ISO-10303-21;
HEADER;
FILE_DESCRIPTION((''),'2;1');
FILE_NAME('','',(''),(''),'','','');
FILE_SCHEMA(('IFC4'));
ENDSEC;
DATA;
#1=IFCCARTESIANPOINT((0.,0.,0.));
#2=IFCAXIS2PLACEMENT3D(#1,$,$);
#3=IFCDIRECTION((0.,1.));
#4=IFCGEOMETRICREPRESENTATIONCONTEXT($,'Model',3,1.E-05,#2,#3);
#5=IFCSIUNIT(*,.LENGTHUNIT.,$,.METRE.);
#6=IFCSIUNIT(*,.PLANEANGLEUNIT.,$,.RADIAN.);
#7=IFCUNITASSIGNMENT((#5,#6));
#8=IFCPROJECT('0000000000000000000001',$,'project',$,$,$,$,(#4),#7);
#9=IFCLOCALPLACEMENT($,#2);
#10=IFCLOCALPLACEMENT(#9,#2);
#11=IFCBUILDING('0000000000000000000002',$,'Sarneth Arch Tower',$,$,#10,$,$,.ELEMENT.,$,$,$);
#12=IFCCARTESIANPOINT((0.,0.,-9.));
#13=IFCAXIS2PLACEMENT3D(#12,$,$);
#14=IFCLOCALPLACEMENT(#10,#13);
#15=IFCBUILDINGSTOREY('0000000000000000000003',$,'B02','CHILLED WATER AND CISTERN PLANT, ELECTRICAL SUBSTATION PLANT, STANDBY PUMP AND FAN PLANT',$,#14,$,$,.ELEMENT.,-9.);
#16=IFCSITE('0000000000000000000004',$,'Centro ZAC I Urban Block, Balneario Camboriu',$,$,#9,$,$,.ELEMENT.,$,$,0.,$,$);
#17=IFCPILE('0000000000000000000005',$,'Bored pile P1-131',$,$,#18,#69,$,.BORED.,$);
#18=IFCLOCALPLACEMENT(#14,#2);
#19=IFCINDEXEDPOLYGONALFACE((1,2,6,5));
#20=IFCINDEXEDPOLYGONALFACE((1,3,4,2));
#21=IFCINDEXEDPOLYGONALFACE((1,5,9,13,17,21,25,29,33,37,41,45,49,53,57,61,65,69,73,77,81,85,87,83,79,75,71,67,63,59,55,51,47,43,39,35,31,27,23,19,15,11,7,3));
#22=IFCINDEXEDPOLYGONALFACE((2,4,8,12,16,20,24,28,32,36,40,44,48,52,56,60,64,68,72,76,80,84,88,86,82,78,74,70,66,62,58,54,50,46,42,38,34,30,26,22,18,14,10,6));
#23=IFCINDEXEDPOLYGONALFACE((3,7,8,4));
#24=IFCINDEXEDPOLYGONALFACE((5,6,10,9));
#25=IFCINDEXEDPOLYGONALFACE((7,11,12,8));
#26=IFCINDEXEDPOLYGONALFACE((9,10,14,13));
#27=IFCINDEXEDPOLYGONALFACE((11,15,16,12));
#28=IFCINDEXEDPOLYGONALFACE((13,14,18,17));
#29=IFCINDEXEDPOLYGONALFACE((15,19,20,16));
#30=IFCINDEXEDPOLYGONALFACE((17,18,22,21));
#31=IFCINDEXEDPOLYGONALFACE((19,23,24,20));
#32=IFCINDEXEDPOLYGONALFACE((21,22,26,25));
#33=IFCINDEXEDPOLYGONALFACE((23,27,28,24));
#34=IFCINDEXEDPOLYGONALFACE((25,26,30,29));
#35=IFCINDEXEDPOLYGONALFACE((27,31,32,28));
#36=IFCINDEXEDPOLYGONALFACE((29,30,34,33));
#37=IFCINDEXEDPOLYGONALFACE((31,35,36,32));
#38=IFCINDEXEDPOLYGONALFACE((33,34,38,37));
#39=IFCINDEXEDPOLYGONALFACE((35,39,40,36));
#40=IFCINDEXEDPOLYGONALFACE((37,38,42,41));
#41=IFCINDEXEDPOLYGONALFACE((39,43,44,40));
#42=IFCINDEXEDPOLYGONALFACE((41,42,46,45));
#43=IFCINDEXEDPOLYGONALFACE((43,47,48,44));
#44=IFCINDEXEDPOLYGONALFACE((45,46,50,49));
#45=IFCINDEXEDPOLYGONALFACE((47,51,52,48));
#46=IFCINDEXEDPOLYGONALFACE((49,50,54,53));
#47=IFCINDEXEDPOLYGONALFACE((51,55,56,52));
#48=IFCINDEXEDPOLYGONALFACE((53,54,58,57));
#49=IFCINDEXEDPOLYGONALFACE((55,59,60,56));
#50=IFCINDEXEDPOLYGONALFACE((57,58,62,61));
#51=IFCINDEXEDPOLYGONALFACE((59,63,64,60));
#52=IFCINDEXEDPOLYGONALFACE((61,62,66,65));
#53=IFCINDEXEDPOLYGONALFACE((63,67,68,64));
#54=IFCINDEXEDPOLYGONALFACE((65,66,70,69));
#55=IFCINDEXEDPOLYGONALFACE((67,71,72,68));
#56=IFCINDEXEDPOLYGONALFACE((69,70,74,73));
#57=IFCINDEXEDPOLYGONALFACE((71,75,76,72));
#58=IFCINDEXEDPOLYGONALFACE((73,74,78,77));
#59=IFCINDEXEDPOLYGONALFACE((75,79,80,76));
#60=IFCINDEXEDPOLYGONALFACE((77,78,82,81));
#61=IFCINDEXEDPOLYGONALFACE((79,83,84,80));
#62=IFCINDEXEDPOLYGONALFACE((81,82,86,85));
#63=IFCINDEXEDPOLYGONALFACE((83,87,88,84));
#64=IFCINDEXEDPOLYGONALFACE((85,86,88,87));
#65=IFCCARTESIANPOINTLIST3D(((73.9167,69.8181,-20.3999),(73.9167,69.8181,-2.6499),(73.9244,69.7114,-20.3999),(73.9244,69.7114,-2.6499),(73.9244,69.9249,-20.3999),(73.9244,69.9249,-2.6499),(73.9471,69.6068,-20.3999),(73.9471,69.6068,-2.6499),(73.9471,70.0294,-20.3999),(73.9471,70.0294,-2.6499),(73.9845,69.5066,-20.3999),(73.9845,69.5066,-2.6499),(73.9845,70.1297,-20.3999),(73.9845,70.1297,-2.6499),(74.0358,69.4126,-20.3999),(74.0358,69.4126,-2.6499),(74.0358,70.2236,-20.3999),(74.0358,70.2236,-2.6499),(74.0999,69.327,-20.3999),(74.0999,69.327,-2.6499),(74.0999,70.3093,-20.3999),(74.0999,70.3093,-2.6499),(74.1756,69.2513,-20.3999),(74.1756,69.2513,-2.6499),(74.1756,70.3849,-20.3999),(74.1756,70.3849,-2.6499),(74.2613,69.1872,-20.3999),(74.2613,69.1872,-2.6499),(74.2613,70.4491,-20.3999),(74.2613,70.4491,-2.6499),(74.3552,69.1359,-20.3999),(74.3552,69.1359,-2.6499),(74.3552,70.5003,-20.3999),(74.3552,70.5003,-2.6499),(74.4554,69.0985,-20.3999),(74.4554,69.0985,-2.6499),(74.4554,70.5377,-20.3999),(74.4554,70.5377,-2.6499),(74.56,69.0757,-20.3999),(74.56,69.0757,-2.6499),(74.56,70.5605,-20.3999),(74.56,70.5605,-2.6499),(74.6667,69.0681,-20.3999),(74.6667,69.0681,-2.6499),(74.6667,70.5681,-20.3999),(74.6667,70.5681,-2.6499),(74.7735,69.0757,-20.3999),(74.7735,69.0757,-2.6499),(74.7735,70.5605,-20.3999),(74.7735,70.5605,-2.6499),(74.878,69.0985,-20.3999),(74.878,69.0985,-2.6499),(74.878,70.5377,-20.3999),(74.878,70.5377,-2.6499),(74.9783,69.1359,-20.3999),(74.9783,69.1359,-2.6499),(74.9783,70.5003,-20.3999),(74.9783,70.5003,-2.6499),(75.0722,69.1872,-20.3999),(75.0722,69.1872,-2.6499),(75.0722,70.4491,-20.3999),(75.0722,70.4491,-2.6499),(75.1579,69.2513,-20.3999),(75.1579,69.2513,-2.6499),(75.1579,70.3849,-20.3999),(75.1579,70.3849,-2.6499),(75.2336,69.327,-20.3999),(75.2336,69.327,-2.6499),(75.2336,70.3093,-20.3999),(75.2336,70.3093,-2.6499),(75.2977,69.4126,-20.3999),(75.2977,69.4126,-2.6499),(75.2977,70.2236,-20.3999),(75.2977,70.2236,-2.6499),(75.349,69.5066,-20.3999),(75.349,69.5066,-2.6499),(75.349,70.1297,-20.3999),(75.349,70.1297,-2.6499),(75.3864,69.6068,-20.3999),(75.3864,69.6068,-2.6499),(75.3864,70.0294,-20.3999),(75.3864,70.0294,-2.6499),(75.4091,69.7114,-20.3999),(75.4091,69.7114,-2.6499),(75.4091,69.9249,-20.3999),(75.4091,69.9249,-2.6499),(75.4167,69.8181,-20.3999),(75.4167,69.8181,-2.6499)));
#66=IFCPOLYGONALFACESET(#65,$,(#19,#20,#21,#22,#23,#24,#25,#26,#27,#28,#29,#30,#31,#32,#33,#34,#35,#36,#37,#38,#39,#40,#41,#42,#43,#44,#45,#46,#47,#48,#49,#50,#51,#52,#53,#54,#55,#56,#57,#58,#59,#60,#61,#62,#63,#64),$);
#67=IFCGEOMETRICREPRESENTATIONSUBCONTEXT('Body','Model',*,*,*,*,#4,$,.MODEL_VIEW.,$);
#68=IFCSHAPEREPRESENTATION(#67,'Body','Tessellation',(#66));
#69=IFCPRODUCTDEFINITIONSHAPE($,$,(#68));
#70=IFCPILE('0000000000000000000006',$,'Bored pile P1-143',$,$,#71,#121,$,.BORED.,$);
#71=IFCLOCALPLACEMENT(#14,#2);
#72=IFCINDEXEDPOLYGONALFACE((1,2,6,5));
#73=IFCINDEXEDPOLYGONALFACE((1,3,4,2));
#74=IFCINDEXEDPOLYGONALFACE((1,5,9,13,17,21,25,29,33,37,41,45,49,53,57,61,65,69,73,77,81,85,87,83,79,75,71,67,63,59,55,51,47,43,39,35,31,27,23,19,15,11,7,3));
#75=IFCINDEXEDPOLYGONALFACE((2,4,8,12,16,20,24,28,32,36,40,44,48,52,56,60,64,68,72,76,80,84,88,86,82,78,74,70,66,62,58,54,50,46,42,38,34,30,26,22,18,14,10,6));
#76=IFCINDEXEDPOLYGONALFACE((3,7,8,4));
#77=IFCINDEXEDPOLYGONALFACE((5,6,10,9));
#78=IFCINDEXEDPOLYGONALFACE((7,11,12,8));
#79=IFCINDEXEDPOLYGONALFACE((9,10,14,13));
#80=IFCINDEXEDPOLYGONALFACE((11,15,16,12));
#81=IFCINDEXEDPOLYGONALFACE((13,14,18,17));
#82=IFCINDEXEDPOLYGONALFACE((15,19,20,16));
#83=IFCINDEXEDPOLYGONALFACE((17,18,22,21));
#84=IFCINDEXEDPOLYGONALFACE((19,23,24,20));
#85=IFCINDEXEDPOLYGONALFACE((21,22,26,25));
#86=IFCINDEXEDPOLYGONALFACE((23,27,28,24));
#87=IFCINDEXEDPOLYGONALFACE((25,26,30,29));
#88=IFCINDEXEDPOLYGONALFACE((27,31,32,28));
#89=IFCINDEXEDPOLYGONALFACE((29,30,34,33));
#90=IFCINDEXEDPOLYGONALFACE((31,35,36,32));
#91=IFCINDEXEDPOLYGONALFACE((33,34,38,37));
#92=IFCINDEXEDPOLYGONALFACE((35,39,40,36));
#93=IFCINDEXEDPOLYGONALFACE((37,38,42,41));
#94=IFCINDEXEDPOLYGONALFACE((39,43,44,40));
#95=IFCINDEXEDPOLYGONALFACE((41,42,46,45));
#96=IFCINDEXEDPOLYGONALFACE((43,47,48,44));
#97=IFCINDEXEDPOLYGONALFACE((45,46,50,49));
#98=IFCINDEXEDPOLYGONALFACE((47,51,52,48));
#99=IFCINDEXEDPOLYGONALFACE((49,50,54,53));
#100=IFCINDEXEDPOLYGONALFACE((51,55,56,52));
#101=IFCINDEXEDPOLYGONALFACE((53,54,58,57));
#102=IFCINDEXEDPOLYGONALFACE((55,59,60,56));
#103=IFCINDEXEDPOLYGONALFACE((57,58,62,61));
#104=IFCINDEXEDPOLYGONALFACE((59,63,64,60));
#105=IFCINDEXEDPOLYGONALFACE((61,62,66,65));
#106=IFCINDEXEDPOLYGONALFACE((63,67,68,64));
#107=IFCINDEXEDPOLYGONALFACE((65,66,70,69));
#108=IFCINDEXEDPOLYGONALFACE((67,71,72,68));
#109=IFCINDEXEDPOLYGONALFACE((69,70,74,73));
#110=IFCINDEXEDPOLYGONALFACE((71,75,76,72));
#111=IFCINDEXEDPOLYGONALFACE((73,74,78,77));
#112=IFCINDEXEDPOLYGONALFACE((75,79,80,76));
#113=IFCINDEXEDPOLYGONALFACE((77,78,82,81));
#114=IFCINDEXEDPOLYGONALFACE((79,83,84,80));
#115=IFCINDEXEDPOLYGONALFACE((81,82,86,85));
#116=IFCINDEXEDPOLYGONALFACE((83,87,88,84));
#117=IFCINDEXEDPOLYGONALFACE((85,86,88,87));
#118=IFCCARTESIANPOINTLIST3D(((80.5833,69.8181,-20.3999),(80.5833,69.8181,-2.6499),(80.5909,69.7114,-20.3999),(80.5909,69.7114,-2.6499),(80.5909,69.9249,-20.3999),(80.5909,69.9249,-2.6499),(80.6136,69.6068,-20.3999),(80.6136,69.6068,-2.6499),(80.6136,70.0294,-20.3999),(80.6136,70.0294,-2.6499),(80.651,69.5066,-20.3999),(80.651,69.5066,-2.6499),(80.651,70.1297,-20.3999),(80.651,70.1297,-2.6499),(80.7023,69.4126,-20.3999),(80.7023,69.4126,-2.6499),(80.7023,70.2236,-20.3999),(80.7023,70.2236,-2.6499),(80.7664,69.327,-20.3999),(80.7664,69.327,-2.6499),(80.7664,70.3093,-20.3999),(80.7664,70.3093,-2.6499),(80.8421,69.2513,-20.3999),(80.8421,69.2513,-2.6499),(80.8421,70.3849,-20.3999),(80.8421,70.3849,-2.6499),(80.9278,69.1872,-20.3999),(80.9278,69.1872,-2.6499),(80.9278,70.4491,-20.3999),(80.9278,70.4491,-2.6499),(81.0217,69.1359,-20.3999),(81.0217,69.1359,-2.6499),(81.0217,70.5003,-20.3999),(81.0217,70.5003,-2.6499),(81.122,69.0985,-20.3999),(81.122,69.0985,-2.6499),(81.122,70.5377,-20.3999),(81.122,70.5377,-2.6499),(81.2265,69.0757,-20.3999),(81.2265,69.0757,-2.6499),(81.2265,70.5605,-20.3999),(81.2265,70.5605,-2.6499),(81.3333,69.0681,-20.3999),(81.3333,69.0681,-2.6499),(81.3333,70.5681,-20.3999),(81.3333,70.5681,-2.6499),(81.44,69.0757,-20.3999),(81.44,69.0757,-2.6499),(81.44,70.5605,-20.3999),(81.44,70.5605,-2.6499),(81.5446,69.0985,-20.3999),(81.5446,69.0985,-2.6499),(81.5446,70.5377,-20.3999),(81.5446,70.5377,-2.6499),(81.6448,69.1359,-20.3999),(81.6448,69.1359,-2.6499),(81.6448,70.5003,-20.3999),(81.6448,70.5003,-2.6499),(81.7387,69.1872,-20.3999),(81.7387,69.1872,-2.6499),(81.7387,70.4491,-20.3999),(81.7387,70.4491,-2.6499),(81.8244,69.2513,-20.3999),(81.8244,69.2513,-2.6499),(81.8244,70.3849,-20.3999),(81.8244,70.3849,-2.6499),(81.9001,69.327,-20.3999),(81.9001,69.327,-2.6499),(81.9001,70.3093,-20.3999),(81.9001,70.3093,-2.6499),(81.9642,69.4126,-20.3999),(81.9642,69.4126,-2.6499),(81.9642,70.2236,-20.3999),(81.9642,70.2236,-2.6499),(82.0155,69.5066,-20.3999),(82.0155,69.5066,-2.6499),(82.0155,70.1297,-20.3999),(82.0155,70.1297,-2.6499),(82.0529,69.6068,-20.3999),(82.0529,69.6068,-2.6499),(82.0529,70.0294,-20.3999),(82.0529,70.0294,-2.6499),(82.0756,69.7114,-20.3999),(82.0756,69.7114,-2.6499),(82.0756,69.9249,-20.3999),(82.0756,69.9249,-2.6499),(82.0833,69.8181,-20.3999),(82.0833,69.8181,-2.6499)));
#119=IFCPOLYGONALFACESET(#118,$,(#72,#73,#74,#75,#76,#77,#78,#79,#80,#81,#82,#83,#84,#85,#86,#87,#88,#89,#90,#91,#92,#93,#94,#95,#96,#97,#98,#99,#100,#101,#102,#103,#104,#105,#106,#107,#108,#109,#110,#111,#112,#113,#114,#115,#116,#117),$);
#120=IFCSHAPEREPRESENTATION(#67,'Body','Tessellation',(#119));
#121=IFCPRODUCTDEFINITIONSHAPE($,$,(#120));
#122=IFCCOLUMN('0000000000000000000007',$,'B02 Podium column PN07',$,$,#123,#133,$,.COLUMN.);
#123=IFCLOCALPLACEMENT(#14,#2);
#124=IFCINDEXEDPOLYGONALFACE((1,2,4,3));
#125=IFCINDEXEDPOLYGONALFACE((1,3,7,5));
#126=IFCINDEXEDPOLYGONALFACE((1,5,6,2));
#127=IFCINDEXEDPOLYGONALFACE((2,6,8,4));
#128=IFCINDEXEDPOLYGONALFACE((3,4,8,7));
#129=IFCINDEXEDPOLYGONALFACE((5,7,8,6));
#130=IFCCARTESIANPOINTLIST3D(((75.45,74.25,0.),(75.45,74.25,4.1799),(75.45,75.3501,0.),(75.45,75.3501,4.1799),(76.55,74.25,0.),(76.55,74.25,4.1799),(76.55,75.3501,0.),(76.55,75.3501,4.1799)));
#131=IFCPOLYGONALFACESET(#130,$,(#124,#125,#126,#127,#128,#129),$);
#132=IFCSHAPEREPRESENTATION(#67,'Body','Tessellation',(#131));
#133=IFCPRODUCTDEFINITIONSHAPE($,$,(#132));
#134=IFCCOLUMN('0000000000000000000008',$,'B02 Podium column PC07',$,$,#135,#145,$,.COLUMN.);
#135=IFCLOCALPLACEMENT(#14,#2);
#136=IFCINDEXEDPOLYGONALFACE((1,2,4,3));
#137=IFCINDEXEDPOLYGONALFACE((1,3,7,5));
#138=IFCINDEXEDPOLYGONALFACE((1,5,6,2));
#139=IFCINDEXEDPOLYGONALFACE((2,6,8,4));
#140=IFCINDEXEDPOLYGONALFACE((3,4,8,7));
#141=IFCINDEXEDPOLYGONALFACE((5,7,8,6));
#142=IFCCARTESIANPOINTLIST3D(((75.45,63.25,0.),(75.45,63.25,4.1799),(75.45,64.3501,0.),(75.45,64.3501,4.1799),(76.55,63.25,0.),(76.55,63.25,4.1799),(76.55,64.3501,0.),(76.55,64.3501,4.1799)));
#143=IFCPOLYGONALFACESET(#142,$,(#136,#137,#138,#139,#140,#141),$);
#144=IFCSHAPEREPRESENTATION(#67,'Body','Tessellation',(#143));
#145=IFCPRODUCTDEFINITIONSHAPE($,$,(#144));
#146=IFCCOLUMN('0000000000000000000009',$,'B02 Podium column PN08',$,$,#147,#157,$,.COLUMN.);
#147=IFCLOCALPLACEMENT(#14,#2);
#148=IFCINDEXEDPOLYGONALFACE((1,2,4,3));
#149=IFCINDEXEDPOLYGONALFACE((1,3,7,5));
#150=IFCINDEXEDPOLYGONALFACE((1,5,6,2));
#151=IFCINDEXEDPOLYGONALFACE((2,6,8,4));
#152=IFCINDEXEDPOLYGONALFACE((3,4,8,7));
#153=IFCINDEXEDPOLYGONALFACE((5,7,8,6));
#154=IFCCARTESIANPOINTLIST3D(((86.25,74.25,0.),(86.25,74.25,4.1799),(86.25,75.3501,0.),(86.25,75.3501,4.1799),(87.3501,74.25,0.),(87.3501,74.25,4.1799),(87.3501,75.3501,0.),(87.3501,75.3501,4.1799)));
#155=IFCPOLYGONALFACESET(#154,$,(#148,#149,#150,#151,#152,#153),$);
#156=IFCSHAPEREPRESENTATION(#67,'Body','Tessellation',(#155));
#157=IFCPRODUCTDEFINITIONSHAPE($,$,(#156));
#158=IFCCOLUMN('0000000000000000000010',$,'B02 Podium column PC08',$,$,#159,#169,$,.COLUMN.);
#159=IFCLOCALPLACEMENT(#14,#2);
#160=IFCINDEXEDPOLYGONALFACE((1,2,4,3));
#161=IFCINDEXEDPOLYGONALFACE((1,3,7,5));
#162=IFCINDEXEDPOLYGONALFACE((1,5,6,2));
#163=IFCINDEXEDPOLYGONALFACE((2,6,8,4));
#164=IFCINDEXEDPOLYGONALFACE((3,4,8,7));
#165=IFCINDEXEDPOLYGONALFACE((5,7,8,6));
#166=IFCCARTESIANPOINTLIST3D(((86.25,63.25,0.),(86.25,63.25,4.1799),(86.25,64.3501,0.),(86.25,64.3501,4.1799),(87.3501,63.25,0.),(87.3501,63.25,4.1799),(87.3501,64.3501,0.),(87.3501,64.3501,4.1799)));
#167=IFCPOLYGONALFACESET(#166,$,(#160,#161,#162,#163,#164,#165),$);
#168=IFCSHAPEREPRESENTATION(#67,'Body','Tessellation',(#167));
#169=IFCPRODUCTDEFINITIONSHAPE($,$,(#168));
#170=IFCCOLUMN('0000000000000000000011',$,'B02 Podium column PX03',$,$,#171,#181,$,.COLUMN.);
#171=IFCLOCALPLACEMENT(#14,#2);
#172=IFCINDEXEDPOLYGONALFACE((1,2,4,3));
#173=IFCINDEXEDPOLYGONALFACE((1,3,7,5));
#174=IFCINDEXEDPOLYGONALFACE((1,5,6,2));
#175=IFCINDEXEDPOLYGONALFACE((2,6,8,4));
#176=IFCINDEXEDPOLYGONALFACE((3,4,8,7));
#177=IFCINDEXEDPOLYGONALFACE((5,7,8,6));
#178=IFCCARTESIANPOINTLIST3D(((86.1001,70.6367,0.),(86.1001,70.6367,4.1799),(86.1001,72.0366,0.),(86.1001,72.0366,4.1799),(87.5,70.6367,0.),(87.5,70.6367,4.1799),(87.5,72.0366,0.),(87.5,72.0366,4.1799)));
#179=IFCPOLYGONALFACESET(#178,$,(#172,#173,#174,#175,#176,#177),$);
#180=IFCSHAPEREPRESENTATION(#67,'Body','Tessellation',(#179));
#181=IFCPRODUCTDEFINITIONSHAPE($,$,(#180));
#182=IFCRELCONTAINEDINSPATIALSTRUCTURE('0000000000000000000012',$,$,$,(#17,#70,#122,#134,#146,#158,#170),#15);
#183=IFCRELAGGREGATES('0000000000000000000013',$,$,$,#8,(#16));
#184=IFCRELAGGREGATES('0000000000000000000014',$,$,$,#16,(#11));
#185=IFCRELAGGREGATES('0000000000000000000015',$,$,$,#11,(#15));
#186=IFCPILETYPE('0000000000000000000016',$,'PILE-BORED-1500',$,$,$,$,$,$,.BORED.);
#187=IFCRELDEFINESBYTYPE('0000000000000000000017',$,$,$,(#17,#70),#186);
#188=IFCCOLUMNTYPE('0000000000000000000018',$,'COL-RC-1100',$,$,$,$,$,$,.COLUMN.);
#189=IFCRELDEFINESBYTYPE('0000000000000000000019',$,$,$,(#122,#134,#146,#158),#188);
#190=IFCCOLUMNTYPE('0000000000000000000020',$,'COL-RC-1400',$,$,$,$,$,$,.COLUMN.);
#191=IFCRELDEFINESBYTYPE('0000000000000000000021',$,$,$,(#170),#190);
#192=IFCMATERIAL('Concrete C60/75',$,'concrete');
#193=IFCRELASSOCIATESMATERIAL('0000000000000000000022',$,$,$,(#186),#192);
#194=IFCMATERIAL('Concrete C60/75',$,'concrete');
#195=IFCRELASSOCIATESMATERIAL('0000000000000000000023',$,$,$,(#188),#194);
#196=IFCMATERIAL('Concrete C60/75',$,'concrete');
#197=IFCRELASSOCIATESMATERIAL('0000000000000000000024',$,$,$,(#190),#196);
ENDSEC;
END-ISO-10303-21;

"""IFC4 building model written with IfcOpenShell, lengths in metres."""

from ifc_helpers import new_model, si_unit, direction, frame, origin, origin_2d, place, context, subcontext, project, spatial, rectangle, circle, extrude, material, material_profile, profile_set, type_object, element, save


model = new_model("IFC4")

# Units and contexts
model_context = context("Model", 3, precision=1e-05, world=origin(), true_north=direction((0.0, 1.0)))
body_context = subcontext(model_context, "Body", "Model", "MODEL_VIEW")
ifc_project = project(units=[si_unit("LENGTHUNIT", "METRE"), si_unit("PLANEANGLEUNIT", "RADIAN")], contexts=[model_context])

# Site, building, storey
site_placement = place(None, origin())
site = spatial("IfcSite", under=ifc_project, at=site_placement, Name="Centro ZAC I Urban Block, Balneario Camboriu", CompositionType="ELEMENT", RefElevation=0.0)
building_placement = place(site_placement, origin())
building = spatial("IfcBuilding", under=site, at=building_placement, Name="Sarneth Arch Tower", CompositionType="ELEMENT")
storey_placement = place(building_placement, frame((0.0, 0.0, -9.0)))
storey = spatial("IfcBuildingStorey", under=building, at=storey_placement, Name="B02", Description="CHILLED WATER AND CISTERN PLANT, ELECTRICAL SUBSTATION PLANT, STANDBY PUMP AND FAN PLANT", CompositionType="ELEMENT", Elevation=-9.0)

# Piles
ifc_material_1 = material(Name="Concrete C60/75", Category="concrete")
ifc_material_profile_1 = material_profile(ifc_material_1, circle(Radius=0.75, at=origin_2d()), Name="PILE-D1500")
ifc_profile_set_1 = profile_set([ifc_material_profile_1], Name="Concrete C60/75")
pile_type_1 = type_object("IfcPileType", Name="PILE-BORED-1500", PredefinedType="BORED", material=ifc_profile_set_1)
for number, where, z_axis, x_axis, name in (
    (1, (74.6667, 69.8181, -2.6499), (0.0, 0.0, -1.0), (1.0, 0.0, 0.0), "Bored pile P1-131"),
    (2, (81.3333, 69.8181, -2.6499), (0.0, 0.0, -1.0), (1.0, 0.0, 0.0), "Bored pile P1-143"),
):
    element("IfcPile", number, at=place(storey_placement, frame(where, z_axis=z_axis, x_axis=x_axis)), inside=storey, type_object=pile_type_1, Name=name, PredefinedType="BORED", context=body_context, shape_type="SweptSolid", body=[
        extrude(circle(Radius=0.75, at=origin_2d()), origin(), (0.0, 0.0, 1.0), 17.75),
    ])

# Columns
ifc_material_2 = material(Name="Concrete C60/75", Category="concrete")
ifc_material_profile_2 = material_profile(ifc_material_2, rectangle(XDim=1.1001, YDim=1.1001, at=origin_2d()), Name="RC-1100x1100")
ifc_profile_set_2 = profile_set([ifc_material_profile_2], Name="Concrete C60/75")
column_type_1 = type_object("IfcColumnType", Name="COL-RC-1100", PredefinedType="COLUMN", material=ifc_profile_set_2)
for number, where, z_axis, x_axis, name in (
    (3, (76.0, 74.8, 0.0), (0.0, 0.0, 1.0), (1.0, 0.0, 0.0), "B02 Podium column PN07"),
    (4, (76.0, 63.8, 0.0), (0.0, 0.0, 1.0), (1.0, 0.0, 0.0), "B02 Podium column PC07"),
    (5, (86.8, 74.8, 0.0), (0.0, 0.0, 1.0), (1.0, 0.0, 0.0), "B02 Podium column PN08"),
    (6, (86.8, 63.8, 0.0), (0.0, 0.0, 1.0), (1.0, 0.0, 0.0), "B02 Podium column PC08"),
):
    element("IfcColumn", number, at=place(storey_placement, frame(where, z_axis=z_axis, x_axis=x_axis)), inside=storey, type_object=column_type_1, Name=name, PredefinedType="COLUMN", context=body_context, shape_type="SweptSolid", body=[
        extrude(rectangle(XDim=1.1001, YDim=1.1001, at=origin_2d()), origin(), (0.0, 0.0, 1.0), 4.1799),
    ])
ifc_material_3 = material(Name="Concrete C60/75", Category="concrete")
ifc_material_profile_3 = material_profile(ifc_material_3, rectangle(XDim=1.3999, YDim=1.3999, at=origin_2d()), Name="RC-1400x1400")
ifc_profile_set_3 = profile_set([ifc_material_profile_3], Name="Concrete C60/75")
column_type_2 = type_object("IfcColumnType", Name="COL-RC-1400", PredefinedType="COLUMN", material=ifc_profile_set_3)
column_placement = place(storey_placement, frame((86.8, 71.3367, 0.0), z_axis=(0.0, 0.0, 1.0), x_axis=(1.0, 0.0, 0.0)))
element("IfcColumn", 7, at=column_placement, inside=storey, type_object=column_type_2, Name="B02 Podium column PX03", PredefinedType="COLUMN", context=body_context, shape_type="SweptSolid", body=[
    extrude(rectangle(XDim=1.3999, YDim=1.3999, at=origin_2d()), origin(), (0.0, 0.0, 1.0), 4.1799),
])

save(model, "model.ifc")
